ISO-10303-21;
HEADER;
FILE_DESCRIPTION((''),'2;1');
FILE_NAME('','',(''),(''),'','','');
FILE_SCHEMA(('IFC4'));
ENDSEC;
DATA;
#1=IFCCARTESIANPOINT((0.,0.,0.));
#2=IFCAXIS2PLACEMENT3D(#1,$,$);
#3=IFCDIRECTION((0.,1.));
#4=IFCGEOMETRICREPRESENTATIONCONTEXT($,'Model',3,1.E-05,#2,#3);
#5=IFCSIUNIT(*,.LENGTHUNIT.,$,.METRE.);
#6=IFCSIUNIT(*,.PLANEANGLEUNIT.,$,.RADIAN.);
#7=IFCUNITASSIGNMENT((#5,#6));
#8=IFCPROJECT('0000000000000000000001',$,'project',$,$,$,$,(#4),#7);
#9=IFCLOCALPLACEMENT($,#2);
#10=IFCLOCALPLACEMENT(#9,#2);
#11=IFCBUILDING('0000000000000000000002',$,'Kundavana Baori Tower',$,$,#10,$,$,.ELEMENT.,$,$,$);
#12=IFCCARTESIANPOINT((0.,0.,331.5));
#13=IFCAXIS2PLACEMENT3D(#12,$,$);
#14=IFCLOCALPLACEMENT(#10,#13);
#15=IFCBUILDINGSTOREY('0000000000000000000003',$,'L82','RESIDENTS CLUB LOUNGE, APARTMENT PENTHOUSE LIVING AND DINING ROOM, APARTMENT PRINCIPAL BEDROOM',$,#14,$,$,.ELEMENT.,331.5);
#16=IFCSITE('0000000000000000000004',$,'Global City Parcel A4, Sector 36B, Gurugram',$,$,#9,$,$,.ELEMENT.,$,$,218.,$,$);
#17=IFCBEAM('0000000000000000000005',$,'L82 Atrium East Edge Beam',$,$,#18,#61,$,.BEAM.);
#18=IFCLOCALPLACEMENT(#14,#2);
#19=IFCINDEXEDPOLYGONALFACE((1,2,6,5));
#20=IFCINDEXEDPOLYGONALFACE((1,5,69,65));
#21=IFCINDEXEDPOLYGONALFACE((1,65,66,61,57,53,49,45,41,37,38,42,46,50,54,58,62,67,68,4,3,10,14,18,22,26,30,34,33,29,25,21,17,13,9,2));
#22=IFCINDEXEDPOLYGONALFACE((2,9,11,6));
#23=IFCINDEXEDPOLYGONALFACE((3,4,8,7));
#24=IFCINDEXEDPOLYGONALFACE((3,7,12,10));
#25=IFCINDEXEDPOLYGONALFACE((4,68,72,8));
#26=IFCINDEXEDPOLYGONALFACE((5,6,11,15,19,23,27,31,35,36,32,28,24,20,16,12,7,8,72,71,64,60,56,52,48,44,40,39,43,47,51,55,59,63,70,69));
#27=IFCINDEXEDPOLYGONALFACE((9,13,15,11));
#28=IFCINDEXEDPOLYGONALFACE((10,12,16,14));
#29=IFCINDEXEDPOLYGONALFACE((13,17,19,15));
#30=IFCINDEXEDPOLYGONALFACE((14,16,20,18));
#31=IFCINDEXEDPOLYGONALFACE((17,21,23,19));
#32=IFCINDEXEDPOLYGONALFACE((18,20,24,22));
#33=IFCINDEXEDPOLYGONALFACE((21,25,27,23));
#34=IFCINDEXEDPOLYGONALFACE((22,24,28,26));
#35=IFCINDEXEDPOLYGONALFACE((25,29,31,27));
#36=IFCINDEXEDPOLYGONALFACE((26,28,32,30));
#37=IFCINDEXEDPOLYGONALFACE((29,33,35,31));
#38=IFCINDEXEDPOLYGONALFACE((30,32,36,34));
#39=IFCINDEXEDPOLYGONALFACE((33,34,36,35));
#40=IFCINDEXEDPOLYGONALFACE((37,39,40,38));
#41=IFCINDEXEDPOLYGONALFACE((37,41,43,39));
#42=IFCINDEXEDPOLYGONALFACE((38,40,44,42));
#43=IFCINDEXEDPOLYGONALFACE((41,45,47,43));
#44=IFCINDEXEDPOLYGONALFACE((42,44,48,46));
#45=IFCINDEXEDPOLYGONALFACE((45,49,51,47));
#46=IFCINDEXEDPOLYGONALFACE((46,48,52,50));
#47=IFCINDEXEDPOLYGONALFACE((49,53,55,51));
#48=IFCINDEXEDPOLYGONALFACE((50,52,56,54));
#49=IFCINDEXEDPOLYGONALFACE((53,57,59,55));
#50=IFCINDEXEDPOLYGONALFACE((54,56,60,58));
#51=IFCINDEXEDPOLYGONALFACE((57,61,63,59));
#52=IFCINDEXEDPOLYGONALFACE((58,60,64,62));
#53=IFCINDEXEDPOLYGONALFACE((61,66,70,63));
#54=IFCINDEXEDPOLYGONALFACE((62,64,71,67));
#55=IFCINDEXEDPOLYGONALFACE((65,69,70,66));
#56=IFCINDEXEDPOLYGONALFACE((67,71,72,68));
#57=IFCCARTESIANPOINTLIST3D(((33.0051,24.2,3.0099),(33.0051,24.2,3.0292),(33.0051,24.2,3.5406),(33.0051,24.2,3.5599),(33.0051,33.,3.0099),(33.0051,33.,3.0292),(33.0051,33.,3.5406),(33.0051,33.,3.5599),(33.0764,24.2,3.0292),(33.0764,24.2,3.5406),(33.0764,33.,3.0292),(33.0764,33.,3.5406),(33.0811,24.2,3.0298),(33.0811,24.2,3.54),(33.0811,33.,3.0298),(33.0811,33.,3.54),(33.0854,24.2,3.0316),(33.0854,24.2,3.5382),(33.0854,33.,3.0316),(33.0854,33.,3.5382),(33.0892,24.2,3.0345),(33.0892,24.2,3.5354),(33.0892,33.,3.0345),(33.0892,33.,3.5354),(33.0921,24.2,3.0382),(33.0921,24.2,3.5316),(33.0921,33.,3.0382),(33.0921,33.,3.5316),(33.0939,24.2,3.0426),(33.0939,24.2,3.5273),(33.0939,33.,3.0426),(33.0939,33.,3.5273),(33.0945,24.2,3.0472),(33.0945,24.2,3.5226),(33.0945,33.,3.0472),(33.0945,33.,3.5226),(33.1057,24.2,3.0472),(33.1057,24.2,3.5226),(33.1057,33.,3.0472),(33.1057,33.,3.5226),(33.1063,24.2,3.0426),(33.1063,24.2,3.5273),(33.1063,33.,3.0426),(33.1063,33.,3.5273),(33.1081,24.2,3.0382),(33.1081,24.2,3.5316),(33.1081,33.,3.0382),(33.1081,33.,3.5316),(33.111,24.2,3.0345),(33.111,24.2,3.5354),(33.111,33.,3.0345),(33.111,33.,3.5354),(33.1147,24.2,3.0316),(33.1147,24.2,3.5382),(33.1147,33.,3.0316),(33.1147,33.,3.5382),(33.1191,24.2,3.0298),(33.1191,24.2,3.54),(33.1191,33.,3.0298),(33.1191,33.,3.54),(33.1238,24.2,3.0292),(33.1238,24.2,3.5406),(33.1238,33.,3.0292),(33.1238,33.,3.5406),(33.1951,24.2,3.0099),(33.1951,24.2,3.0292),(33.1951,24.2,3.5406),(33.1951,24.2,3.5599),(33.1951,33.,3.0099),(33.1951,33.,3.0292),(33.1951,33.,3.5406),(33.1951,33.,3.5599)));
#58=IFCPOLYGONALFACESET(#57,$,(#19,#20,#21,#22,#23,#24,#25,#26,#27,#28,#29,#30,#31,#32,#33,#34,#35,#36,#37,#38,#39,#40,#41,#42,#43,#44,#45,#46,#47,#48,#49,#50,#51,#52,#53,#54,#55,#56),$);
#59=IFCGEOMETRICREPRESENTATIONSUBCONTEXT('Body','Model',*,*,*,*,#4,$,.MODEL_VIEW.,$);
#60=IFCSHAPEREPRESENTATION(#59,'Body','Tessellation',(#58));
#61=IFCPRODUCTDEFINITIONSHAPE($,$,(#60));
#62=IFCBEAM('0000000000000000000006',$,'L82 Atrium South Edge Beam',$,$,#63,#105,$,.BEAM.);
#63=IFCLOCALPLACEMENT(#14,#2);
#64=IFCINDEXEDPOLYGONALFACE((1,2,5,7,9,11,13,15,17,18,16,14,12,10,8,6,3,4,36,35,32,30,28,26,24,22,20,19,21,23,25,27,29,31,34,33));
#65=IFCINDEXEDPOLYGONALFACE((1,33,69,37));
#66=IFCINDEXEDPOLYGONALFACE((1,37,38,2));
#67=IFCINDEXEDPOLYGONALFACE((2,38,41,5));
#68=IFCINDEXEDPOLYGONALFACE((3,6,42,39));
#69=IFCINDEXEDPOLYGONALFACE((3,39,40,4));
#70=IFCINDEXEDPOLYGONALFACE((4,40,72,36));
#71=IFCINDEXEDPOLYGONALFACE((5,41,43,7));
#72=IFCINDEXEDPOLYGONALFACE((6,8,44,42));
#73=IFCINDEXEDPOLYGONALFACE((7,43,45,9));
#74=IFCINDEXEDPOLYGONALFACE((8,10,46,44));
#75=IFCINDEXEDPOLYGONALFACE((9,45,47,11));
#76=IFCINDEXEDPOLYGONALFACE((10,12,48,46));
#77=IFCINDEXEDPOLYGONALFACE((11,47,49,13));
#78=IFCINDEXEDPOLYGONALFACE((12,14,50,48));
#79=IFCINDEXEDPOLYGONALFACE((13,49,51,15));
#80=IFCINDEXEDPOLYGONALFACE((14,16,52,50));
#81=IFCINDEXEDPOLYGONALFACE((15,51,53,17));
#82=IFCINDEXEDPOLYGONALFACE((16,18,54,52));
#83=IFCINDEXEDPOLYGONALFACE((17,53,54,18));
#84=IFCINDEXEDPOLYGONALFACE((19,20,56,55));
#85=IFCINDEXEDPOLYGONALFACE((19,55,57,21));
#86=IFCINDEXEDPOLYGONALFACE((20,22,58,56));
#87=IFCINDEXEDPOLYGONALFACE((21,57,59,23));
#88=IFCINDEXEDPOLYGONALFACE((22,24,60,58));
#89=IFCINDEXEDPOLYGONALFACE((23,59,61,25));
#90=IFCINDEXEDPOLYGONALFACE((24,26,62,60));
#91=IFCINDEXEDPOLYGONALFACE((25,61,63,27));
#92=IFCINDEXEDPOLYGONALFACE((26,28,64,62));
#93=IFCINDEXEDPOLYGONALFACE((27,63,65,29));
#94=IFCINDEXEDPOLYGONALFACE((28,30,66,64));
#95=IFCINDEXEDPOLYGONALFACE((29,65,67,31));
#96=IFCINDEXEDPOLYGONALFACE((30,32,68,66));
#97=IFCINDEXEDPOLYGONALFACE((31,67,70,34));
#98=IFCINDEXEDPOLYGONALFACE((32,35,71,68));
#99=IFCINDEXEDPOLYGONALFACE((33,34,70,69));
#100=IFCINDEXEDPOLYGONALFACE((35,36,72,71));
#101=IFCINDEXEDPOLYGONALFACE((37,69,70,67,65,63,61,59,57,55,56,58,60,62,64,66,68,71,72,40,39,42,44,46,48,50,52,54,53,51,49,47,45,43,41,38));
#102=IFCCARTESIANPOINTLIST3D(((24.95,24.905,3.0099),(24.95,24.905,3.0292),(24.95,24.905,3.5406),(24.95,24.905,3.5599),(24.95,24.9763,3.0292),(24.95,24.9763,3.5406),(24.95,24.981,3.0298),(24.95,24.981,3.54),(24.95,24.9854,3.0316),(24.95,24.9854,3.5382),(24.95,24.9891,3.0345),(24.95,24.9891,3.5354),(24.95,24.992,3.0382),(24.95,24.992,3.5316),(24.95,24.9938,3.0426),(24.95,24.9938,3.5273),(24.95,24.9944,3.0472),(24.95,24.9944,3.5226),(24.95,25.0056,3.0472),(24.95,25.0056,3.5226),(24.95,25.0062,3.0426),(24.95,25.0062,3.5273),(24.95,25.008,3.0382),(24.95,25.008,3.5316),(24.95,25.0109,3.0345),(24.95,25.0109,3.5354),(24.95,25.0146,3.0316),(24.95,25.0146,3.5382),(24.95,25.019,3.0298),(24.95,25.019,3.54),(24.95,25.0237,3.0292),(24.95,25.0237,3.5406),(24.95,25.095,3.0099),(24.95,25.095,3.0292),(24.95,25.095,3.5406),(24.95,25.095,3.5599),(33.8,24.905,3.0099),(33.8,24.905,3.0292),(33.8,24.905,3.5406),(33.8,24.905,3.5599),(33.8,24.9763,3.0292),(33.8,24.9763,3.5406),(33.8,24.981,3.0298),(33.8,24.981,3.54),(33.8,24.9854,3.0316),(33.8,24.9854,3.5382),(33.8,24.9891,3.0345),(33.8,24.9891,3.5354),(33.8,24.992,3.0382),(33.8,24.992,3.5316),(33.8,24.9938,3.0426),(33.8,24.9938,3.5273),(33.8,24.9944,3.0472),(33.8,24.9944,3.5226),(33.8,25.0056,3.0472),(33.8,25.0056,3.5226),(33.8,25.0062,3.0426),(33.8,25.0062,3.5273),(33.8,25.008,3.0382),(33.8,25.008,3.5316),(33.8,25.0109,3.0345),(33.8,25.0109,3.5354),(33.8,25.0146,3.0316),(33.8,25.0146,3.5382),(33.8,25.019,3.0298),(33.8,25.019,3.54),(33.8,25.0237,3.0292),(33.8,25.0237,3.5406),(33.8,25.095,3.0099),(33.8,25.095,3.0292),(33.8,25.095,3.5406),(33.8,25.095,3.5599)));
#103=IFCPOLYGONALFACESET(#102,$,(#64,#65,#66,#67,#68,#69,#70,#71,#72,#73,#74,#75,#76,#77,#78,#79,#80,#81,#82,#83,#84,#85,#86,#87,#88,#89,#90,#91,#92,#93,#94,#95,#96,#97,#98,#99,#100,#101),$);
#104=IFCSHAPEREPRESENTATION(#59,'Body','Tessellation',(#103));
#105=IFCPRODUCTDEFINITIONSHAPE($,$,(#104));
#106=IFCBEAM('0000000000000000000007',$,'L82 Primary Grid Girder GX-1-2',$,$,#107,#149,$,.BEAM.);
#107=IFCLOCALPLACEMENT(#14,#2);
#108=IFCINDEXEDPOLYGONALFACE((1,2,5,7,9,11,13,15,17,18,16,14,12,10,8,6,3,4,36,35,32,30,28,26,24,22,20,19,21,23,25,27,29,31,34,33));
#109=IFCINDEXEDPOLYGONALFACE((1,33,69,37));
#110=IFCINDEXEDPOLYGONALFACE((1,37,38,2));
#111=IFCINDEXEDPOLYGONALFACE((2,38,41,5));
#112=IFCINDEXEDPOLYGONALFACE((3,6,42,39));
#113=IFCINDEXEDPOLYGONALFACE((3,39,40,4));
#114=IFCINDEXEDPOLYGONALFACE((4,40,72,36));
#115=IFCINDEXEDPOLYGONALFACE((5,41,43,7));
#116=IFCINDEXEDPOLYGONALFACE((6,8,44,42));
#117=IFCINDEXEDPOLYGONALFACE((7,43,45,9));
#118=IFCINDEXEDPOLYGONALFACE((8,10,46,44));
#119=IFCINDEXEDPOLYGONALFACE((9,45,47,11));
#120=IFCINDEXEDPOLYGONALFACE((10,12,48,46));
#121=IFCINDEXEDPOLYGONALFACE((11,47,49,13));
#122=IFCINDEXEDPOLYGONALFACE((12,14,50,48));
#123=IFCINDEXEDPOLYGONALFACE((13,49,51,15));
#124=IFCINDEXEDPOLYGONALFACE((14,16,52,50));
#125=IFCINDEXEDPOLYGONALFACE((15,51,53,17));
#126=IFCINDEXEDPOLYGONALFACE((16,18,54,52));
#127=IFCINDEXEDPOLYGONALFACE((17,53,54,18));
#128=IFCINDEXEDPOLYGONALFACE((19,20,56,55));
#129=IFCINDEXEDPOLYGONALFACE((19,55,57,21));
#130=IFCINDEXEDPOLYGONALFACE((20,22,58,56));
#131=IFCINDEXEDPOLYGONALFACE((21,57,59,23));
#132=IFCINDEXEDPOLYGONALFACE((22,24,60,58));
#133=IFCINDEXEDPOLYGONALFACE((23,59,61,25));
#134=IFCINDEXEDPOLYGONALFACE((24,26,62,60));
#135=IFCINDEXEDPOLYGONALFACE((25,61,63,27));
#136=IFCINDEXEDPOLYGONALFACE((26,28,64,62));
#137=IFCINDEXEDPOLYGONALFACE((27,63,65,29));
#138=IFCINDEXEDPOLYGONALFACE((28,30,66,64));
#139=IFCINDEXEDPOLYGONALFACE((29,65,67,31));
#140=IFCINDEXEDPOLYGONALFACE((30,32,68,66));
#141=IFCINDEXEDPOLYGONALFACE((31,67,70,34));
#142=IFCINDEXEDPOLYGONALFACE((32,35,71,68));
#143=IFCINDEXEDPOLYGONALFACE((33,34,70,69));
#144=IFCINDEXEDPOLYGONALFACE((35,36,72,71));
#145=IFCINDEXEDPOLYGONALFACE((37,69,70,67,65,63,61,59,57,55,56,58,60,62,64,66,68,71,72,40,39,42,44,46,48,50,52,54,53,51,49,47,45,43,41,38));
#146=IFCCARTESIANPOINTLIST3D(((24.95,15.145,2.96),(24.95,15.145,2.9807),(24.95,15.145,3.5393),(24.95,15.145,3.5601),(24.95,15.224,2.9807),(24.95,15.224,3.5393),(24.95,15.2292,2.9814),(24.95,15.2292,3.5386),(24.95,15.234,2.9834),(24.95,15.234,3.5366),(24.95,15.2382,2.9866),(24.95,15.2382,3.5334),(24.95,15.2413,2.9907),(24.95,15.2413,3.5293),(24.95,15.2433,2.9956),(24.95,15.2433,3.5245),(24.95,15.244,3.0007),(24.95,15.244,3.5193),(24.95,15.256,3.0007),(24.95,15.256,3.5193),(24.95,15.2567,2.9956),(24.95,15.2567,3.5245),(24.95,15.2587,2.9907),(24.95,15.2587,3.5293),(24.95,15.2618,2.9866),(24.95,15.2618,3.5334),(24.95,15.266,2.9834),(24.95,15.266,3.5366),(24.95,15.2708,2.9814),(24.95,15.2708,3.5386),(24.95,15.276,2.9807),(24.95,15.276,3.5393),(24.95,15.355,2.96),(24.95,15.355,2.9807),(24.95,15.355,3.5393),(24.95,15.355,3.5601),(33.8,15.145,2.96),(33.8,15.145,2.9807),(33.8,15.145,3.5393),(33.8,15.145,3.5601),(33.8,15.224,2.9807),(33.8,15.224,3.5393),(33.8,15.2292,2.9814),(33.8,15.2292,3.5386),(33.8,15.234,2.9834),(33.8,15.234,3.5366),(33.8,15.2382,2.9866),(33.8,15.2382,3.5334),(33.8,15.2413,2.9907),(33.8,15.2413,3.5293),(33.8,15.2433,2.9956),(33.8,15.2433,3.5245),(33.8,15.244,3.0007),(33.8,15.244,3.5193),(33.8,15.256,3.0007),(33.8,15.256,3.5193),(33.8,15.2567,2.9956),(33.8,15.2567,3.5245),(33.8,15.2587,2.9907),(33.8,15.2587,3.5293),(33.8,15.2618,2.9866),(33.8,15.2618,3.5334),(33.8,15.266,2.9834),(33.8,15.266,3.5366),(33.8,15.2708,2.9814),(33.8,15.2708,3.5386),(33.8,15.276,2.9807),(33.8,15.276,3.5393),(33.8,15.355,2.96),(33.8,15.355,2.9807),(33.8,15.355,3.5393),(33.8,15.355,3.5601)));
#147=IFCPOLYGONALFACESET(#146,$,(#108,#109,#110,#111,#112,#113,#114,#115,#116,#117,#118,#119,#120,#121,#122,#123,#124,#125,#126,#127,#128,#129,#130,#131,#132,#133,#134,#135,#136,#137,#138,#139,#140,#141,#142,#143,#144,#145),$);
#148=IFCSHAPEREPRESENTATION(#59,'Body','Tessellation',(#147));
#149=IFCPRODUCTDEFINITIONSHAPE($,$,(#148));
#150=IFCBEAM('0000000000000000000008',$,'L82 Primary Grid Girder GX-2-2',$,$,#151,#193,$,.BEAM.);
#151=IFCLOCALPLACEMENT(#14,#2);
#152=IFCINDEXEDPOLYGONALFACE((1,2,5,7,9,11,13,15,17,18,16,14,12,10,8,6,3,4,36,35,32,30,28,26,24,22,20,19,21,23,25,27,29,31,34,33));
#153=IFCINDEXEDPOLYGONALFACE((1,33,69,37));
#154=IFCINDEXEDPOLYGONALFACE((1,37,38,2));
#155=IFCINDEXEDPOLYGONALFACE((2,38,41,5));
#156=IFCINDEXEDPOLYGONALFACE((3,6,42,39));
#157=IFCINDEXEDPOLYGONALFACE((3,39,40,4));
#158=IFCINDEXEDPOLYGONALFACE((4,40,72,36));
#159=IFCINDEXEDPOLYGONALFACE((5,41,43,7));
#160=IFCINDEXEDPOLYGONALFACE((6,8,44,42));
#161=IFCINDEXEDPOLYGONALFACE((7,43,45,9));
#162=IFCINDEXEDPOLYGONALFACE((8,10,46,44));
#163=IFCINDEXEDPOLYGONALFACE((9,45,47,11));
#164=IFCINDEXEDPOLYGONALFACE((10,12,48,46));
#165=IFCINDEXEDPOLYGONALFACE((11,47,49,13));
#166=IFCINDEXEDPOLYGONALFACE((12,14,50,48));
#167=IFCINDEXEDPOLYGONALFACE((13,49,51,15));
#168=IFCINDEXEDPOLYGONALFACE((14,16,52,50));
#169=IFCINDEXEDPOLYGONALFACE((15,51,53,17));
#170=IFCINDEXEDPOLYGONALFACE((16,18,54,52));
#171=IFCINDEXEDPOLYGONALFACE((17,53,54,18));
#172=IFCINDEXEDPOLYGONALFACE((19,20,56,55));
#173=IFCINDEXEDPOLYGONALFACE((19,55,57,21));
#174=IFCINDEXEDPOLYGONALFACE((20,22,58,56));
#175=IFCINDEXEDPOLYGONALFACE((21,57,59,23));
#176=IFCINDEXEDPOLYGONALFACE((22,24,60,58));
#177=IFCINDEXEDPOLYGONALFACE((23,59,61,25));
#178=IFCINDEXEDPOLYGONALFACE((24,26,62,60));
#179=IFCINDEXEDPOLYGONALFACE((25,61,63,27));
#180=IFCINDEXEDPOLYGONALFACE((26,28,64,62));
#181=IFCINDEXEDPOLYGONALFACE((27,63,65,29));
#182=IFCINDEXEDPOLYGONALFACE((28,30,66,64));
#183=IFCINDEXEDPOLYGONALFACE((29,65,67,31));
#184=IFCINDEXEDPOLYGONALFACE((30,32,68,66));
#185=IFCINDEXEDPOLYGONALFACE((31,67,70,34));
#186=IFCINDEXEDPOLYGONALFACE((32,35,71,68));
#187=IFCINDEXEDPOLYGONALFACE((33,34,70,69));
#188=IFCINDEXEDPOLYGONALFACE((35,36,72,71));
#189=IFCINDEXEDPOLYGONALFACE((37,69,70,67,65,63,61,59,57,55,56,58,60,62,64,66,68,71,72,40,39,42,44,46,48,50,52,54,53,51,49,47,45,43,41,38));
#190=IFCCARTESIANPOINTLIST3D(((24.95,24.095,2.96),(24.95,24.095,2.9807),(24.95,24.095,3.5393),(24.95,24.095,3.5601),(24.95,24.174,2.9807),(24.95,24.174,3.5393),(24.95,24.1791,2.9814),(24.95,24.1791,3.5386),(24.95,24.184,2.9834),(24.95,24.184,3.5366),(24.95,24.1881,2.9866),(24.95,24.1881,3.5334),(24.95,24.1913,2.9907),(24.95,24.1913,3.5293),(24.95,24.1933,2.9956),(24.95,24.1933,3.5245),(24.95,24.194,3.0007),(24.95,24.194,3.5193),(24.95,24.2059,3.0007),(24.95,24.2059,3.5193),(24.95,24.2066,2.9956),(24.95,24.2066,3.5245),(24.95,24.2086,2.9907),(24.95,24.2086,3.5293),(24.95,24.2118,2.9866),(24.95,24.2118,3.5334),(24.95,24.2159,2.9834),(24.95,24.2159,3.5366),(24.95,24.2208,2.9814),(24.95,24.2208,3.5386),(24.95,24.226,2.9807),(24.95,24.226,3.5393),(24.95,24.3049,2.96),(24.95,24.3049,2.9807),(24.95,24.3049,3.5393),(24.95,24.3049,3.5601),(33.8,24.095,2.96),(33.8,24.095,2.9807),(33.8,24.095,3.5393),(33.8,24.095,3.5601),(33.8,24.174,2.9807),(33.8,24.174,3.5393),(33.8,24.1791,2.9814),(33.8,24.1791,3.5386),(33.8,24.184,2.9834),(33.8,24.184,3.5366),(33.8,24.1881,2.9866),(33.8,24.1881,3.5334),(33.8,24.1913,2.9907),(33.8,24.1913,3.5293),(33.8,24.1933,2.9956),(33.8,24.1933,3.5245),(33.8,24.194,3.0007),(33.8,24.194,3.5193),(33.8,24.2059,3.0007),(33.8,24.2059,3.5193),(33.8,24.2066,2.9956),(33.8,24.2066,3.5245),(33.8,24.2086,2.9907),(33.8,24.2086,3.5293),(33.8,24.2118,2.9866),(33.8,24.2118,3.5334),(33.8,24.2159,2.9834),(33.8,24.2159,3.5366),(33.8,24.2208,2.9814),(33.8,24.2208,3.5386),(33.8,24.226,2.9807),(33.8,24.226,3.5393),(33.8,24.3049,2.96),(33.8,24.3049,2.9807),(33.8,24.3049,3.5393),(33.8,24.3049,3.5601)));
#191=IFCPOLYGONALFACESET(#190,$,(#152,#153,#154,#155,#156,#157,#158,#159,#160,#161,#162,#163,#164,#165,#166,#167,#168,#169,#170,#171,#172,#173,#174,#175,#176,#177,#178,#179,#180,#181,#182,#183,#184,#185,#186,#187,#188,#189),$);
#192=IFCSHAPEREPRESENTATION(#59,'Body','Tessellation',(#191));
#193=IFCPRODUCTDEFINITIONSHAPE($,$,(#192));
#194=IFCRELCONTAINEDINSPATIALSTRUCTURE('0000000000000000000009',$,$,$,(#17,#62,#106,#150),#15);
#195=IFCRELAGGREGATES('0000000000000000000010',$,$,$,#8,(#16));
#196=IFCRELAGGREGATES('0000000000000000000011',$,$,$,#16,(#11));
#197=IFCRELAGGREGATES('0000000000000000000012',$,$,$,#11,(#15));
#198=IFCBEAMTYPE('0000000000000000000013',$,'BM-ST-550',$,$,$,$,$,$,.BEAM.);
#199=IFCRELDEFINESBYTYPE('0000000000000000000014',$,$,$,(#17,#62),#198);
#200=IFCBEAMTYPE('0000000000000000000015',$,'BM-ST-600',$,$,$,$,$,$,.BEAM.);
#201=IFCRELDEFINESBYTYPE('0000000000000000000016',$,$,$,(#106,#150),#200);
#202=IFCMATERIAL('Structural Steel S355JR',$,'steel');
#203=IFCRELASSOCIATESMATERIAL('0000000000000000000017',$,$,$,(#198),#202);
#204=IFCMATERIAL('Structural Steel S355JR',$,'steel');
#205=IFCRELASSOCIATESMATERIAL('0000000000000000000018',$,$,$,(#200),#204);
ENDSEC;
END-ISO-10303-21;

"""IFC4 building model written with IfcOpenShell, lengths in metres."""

from ifc_helpers import new_model, si_unit, direction, frame, origin, origin_2d, place, context, subcontext, project, spatial, i_section, extrude, material, material_profile, profile_set, type_object, element, save


model = new_model("IFC4")

# Units and contexts
model_context = context("Model", 3, precision=1e-05, world=origin(), true_north=direction((0.0, 1.0)))
body_context = subcontext(model_context, "Body", "Model", "MODEL_VIEW")
ifc_project = project(units=[si_unit("LENGTHUNIT", "METRE"), si_unit("PLANEANGLEUNIT", "RADIAN")], contexts=[model_context])

# Site, building, storey
site_placement = place(None, origin())
site = spatial("IfcSite", under=ifc_project, at=site_placement, Name="Global City Parcel A4, Sector 36B, Gurugram", CompositionType="ELEMENT", RefElevation=218.0)
building_placement = place(site_placement, origin())
building = spatial("IfcBuilding", under=site, at=building_placement, Name="Kundavana Baori Tower", CompositionType="ELEMENT")
storey_placement = place(building_placement, frame((0.0, 0.0, 331.5)))
storey = spatial("IfcBuildingStorey", under=building, at=storey_placement, Name="L82", Description="RESIDENTS CLUB LOUNGE, APARTMENT PENTHOUSE LIVING AND DINING ROOM, APARTMENT PRINCIPAL BEDROOM", CompositionType="ELEMENT", Elevation=331.5)

# Beams
ifc_material_1 = material(Name="Structural Steel S355JR", Category="steel")
ifc_material_profile_1 = material_profile(ifc_material_1, i_section(OverallWidth=0.1899, OverallDepth=0.55, WebThickness=0.0112, FlangeThickness=0.0193, FilletRadius=0.0181, at=origin_2d()), Name="ISMB 550")
ifc_profile_set_1 = profile_set([ifc_material_profile_1], Name="Structural Steel S355JR")
beam_type_1 = type_object("IfcBeamType", Name="BM-ST-550", PredefinedType="BEAM", material=ifc_profile_set_1)
for number, where, z_axis, x_axis, name in (
    (1, (33.1001, 24.2, 3.2849), (0.0, 1.0, 0.0), (-1.0, 0.0, 0.0), "L82 Atrium East Edge Beam"),
):
    element("IfcBeam", number, at=place(storey_placement, frame(where, z_axis=z_axis, x_axis=x_axis)), inside=storey, type_object=beam_type_1, Name=name, PredefinedType="BEAM", context=body_context, shape_type="SweptSolid", body=[
        extrude(i_section(OverallWidth=0.1899, OverallDepth=0.55, WebThickness=0.0112, FlangeThickness=0.0193, FilletRadius=0.0181, at=origin_2d()), origin(), (0.0, 0.0, 1.0), 8.8),
    ])
beam_1_placement = place(storey_placement, frame((24.95, 25.0, 3.2849), z_axis=(1.0, 0.0, 0.0), x_axis=(0.0, 1.0, 0.0)))
element("IfcBeam", 2, at=beam_1_placement, inside=storey, type_object=beam_type_1, Name="L82 Atrium South Edge Beam", PredefinedType="BEAM", context=body_context, shape_type="SweptSolid", body=[
    extrude(i_section(OverallWidth=0.1899, OverallDepth=0.55, WebThickness=0.0112, FlangeThickness=0.0193, FilletRadius=0.0181, at=origin_2d()), origin(), (0.0, 0.0, 1.0), 8.8501),
])
ifc_material_2 = material(Name="Structural Steel S355JR", Category="steel")
ifc_material_profile_2 = material_profile(ifc_material_2, i_section(OverallWidth=0.21, OverallDepth=0.6001, WebThickness=0.012, FlangeThickness=0.0208, FilletRadius=0.02, at=origin_2d()), Name="ISMB 600")
ifc_profile_set_2 = profile_set([ifc_material_profile_2], Name="Structural Steel S355JR")
beam_type_2 = type_object("IfcBeamType", Name="BM-ST-600", PredefinedType="BEAM", material=ifc_profile_set_2)
for number, where, z_axis, x_axis, name in (
    (3, (24.95, 15.25, 3.26), (1.0, 0.0, 0.0), (0.0, 1.0, 0.0), "L82 Primary Grid Girder GX-1-2"),
    (4, (24.95, 24.2, 3.26), (1.0, 0.0, 0.0), (0.0, 1.0, 0.0), "L82 Primary Grid Girder GX-2-2"),
):
    element("IfcBeam", number, at=place(storey_placement, frame(where, z_axis=z_axis, x_axis=x_axis)), inside=storey, type_object=beam_type_2, Name=name, PredefinedType="BEAM", context=body_context, shape_type="SweptSolid", body=[
        extrude(i_section(OverallWidth=0.21, OverallDepth=0.6001, WebThickness=0.012, FlangeThickness=0.0208, FilletRadius=0.02, at=origin_2d()), origin(), (0.0, 0.0, 1.0), 8.8501),
    ])

save(model, "model.ifc")
